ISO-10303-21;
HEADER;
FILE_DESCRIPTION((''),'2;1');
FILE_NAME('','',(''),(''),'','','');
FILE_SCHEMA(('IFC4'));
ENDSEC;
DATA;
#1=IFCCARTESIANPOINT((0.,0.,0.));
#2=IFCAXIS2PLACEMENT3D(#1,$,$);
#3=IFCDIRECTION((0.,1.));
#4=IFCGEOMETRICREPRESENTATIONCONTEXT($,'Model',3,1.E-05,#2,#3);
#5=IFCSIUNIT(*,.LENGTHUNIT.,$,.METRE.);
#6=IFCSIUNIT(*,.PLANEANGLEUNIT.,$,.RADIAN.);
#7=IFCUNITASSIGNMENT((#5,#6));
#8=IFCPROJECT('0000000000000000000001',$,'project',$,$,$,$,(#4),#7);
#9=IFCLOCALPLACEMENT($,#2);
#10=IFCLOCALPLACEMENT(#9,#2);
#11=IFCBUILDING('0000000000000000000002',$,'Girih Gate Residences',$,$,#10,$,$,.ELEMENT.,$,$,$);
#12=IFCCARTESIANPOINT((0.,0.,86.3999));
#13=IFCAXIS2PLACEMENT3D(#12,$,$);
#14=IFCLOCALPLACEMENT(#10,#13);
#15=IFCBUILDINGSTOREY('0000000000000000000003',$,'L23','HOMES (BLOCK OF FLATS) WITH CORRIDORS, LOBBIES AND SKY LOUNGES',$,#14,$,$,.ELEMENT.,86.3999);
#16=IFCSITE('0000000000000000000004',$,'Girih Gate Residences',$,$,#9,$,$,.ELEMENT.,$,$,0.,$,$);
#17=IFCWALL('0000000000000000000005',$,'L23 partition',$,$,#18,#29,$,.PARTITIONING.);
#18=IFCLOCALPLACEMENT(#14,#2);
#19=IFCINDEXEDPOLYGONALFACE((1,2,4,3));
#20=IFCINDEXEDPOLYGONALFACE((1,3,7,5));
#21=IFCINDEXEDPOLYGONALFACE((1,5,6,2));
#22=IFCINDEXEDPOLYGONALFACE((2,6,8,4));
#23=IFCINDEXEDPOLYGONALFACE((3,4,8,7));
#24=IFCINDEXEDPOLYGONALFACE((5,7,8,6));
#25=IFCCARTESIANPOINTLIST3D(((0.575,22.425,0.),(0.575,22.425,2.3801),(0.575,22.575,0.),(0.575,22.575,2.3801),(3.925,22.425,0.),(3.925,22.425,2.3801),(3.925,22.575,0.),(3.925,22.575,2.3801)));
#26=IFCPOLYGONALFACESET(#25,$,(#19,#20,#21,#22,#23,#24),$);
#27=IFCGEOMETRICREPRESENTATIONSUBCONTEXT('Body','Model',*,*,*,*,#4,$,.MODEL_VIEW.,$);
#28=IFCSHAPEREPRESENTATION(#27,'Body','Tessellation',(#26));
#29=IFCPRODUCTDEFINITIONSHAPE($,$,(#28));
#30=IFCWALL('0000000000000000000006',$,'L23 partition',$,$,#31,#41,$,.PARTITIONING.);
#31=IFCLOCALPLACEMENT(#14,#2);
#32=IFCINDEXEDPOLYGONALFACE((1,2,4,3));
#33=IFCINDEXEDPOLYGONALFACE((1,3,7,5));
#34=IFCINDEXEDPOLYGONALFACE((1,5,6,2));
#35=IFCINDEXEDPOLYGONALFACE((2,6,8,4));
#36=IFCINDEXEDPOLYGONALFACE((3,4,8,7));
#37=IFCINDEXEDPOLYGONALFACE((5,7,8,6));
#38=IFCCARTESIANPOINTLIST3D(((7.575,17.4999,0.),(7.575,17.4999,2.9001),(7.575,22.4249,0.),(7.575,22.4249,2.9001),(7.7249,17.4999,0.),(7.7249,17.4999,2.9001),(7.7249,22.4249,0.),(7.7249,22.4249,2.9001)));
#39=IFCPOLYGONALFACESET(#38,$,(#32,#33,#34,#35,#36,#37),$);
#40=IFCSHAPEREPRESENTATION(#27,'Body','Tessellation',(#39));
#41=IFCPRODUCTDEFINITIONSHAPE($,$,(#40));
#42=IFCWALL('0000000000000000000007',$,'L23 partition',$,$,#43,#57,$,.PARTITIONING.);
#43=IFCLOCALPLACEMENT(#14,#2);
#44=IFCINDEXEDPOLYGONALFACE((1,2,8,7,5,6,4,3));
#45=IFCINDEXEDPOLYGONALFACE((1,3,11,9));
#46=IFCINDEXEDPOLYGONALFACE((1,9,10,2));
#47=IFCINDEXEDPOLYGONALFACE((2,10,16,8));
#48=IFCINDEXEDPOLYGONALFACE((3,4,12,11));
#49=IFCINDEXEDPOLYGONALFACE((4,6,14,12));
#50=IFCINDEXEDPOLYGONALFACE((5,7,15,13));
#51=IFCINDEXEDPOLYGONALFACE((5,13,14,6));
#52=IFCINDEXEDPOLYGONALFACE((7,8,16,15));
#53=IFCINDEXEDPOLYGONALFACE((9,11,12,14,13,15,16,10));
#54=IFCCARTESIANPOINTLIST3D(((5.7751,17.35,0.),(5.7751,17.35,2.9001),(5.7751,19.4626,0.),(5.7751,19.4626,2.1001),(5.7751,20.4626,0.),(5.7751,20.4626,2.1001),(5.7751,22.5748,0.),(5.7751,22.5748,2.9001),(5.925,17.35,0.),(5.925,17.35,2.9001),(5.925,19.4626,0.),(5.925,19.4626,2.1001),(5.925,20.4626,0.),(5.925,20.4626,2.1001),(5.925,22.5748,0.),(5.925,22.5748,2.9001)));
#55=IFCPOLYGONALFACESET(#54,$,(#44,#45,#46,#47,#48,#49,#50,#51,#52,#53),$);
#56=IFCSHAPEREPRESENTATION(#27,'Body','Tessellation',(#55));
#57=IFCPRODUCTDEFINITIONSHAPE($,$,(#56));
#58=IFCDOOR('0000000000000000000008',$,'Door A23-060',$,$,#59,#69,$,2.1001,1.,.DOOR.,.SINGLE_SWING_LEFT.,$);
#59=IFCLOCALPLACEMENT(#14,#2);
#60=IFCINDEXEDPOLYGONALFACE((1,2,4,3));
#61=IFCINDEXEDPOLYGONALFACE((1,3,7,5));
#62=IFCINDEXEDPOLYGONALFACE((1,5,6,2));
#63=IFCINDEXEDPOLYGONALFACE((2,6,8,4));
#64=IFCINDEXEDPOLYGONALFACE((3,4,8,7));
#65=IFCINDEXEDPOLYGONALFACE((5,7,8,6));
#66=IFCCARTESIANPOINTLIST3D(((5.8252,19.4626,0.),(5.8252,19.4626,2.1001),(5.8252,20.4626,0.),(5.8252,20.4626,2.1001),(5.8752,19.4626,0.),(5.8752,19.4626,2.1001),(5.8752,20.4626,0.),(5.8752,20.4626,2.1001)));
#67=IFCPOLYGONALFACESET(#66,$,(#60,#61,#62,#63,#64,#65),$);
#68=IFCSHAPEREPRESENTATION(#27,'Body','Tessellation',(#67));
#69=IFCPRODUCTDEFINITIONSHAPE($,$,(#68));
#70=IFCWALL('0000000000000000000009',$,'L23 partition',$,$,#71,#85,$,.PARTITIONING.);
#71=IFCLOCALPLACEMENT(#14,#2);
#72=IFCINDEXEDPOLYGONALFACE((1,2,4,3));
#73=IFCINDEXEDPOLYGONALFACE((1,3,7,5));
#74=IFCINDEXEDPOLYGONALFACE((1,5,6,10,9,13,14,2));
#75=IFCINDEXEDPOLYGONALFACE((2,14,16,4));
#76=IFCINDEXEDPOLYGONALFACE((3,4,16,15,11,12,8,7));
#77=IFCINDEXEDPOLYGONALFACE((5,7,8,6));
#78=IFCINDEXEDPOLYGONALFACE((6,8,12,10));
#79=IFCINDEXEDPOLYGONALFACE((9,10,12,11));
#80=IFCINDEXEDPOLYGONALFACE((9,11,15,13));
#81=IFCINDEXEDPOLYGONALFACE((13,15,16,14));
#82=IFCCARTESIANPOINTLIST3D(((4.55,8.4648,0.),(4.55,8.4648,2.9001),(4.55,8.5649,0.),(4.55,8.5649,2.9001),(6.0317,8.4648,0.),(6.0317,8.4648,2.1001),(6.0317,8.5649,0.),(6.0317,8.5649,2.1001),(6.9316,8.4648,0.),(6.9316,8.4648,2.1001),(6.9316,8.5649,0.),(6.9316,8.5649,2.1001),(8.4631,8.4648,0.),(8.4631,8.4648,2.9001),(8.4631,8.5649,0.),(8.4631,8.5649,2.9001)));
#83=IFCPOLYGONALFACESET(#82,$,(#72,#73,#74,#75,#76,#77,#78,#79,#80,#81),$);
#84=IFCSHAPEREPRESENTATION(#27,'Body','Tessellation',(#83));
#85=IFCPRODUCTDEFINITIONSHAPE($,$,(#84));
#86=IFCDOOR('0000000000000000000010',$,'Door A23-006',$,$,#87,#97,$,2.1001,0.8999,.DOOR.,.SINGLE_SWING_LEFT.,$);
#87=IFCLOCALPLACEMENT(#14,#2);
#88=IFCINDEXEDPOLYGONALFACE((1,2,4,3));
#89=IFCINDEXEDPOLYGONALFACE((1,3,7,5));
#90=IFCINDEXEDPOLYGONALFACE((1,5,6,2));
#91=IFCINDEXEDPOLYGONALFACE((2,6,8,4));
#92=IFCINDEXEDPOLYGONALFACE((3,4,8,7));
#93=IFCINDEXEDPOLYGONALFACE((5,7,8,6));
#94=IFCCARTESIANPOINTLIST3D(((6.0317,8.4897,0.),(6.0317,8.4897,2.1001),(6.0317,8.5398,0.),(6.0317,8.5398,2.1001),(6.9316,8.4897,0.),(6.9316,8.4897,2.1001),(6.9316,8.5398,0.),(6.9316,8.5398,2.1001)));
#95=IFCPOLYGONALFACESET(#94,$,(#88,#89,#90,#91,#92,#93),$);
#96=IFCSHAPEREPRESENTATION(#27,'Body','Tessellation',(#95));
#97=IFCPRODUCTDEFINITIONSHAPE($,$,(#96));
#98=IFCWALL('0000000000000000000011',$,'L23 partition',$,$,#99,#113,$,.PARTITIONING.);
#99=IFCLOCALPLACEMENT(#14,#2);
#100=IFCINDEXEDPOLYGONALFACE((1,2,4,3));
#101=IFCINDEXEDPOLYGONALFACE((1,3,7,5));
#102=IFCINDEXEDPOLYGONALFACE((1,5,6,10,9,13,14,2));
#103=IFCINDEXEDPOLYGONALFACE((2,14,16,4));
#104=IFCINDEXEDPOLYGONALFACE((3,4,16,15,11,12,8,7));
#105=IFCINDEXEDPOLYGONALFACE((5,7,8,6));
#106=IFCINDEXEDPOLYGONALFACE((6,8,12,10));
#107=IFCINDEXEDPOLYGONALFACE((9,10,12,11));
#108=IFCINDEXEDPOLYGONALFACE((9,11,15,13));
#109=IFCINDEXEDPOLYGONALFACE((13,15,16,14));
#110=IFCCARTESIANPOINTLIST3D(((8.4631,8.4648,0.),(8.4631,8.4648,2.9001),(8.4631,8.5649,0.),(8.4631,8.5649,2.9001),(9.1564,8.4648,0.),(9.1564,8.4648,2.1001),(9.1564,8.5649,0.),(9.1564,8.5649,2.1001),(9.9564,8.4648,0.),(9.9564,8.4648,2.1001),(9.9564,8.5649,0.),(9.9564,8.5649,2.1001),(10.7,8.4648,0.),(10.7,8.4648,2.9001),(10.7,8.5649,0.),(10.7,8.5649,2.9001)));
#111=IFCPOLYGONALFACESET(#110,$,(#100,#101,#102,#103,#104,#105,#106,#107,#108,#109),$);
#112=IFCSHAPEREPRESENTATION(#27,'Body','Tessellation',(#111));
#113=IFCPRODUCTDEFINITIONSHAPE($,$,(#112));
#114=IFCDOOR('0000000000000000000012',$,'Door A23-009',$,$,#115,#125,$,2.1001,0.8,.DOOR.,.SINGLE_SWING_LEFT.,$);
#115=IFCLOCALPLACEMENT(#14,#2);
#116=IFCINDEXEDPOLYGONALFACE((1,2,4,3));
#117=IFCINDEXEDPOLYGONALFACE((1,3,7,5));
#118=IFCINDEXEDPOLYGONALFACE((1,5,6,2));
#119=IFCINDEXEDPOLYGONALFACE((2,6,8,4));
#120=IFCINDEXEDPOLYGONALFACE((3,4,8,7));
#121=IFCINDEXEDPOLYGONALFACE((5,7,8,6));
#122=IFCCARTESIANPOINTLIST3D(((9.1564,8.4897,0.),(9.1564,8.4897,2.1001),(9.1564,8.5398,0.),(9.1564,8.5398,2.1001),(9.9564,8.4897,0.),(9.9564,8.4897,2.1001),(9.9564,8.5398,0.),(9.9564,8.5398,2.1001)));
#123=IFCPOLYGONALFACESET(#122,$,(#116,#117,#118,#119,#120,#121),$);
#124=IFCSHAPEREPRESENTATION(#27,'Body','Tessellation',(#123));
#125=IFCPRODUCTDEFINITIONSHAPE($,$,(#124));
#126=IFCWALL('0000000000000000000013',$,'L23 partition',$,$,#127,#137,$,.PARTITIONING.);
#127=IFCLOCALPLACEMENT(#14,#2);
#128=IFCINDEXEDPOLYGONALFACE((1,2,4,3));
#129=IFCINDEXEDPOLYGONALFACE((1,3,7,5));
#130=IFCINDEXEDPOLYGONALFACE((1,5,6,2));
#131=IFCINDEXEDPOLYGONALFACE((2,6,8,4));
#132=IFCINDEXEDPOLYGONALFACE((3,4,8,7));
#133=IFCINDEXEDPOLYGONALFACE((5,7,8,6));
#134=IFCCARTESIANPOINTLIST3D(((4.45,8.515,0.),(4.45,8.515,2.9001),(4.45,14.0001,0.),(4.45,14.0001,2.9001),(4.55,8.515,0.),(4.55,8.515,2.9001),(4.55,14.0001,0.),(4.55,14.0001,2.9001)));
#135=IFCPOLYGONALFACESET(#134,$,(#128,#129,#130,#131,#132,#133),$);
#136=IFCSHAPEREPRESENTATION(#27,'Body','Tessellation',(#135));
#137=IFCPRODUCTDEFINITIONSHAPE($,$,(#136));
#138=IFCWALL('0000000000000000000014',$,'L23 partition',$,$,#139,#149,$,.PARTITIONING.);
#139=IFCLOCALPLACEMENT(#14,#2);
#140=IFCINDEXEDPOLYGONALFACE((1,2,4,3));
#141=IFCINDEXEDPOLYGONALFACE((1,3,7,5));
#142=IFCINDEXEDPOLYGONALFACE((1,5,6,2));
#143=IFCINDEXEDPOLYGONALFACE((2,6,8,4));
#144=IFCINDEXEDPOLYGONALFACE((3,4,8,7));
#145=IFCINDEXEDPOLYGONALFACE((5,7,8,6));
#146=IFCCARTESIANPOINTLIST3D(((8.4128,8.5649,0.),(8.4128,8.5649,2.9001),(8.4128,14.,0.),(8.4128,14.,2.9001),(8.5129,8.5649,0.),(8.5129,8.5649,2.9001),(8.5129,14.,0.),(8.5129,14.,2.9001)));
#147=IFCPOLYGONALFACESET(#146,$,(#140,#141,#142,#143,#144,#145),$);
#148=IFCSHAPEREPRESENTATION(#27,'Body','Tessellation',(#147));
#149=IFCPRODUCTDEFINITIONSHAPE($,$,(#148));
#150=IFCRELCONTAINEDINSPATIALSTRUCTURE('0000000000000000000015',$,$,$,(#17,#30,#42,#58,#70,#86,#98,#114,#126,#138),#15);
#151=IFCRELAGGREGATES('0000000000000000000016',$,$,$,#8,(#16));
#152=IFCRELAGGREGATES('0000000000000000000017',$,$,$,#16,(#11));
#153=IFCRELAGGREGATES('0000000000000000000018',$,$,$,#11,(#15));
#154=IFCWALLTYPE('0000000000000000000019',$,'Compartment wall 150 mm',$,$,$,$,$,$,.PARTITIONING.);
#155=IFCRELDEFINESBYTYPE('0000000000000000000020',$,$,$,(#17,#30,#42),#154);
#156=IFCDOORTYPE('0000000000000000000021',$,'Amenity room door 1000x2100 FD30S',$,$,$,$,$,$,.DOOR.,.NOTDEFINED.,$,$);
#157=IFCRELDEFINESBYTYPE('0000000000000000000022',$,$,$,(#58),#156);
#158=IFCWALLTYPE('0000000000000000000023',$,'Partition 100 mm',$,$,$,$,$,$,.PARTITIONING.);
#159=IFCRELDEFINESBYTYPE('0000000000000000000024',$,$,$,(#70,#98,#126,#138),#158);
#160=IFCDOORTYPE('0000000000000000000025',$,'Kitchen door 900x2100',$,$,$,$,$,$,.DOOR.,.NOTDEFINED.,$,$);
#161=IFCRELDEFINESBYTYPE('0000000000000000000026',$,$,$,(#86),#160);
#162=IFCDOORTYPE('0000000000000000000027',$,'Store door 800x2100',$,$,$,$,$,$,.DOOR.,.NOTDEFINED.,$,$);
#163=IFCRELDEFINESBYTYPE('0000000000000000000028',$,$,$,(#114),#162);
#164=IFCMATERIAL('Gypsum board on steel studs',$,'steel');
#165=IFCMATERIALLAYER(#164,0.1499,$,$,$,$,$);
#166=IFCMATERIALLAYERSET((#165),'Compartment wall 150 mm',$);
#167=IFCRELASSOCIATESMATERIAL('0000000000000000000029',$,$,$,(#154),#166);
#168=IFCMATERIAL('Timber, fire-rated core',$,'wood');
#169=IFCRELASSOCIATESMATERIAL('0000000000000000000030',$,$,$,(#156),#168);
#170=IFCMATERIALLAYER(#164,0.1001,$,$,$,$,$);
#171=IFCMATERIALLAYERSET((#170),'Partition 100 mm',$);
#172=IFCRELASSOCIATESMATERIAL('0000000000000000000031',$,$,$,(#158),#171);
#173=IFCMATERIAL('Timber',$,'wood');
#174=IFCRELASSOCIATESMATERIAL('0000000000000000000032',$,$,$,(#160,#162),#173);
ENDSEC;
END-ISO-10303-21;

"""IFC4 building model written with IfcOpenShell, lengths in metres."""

from ifc_helpers import new_model, si_unit, direction, frame, frame_2d, origin, place, context, subcontext, project, spatial, rectangle, extrude, material, layer, layer_set, type_object, element, fill, save


model = new_model("IFC4")

# Units and contexts
model_context = context("Model", 3, precision=1e-05, world=origin(), true_north=direction((0.0, 1.0)))
body_context = subcontext(model_context, "Body", "Model", "MODEL_VIEW")
ifc_project = project(units=[si_unit("LENGTHUNIT", "METRE"), si_unit("PLANEANGLEUNIT", "RADIAN")], contexts=[model_context])

# Site, building, storey
site_placement = place(None, origin())
site = spatial("IfcSite", under=ifc_project, at=site_placement, Name="Girih Gate Residences", CompositionType="ELEMENT", RefElevation=0.0)
building_placement = place(site_placement, origin())
building = spatial("IfcBuilding", under=site, at=building_placement, Name="Girih Gate Residences", CompositionType="ELEMENT")
storey_placement = place(building_placement, frame((0.0, 0.0, 86.3999)))
storey = spatial("IfcBuildingStorey", under=building, at=storey_placement, Name="L23", Description="HOMES (BLOCK OF FLATS) WITH CORRIDORS, LOBBIES AND SKY LOUNGES", CompositionType="ELEMENT", Elevation=86.3999)

# Shared definitions
ifc_material_1 = material(Name="Gypsum board on steel studs", Category="steel")
ifc_layer_1 = layer(ifc_material_1, 0.1499)
ifc_layer_set_1 = layer_set([ifc_layer_1], Name="Compartment wall 150 mm")
wall_type_1 = type_object("IfcWallType", Name="Compartment wall 150 mm", PredefinedType="PARTITIONING", material=ifc_layer_set_1)

# Shared definitions
ifc_material_2 = material(Name="Timber", Category="wood")

# Walls
wall_1_placement = place(storey_placement, frame((0.575, 22.5, 0.0), z_axis=(0.0, 0.0, 1.0), x_axis=(1.0, 0.0, 0.0)))
element("IfcWall", 1, at=wall_1_placement, inside=storey, type_object=wall_type_1, Name="L23 partition", PredefinedType="PARTITIONING", context=body_context, shape_type="SweptSolid", body=[
    extrude(rectangle(XDim=3.3501, YDim=0.1499, at=frame_2d((1.675, 0.0))), origin(), (0.0, 0.0, 1.0), 2.3801),
])
wall_2_placement = place(storey_placement, frame((7.6499, 17.5, 0.0), z_axis=(0.0, 0.0, 1.0), x_axis=(0.0, 1.0, 0.0)))
element("IfcWall", 2, at=wall_2_placement, inside=storey, type_object=wall_type_1, Name="L23 partition", PredefinedType="PARTITIONING", context=body_context, shape_type="SweptSolid", body=[
    extrude(rectangle(XDim=4.925, YDim=0.1499, at=frame_2d((2.4624, 0.0))), origin(), (0.0, 0.0, 1.0), 2.9001),
])

# Walls, openings, doors
wall_3_placement = place(storey_placement, frame((5.8501, 17.3501, 0.0), z_axis=(0.0, 0.0, 1.0), x_axis=(0.0, 1.0, 0.0)))
wall_3 = element("IfcWall", 3, at=wall_3_placement, inside=storey, type_object=wall_type_1, Name="L23 partition", PredefinedType="PARTITIONING", context=body_context, shape_type="SweptSolid", body=[
    extrude(rectangle(XDim=5.2249, YDim=0.1499, at=frame_2d((2.6123, 0.0))), origin(), (0.0, 0.0, 1.0), 2.9001),
])
opening_1_placement = place(wall_3_placement, frame((2.1125, 0.0, 0.0)))
opening_1 = element("IfcOpeningElement", 4, at=opening_1_placement, cuts=wall_3, PredefinedType="OPENING", context=body_context, shape_type="SweptSolid", body=[
    extrude(rectangle(XDim=1.0, YDim=2.1001, at=frame_2d((0.5, 1.05))), frame((0.0, 0.085, 0.0), z_axis=(0.0, -1.0, 0.0), x_axis=(1.0, 0.0, 0.0)), (0.0, 0.0, 1.0), 0.1699),
])
ifc_material_3 = material(Name="Timber, fire-rated core", Category="wood")
door_type_1 = type_object("IfcDoorType", Name="Amenity room door 1000x2100 FD30S", OperationType="NOTDEFINED", PredefinedType="DOOR", material=ifc_material_3)
door_1_placement = place(opening_1_placement, origin())
door_1 = element("IfcDoor", 5, at=door_1_placement, inside=storey, type_object=door_type_1, Name="Door A23-060", OperationType="SINGLE_SWING_LEFT", OverallHeight=2.1001, OverallWidth=1.0, PredefinedType="DOOR", context=body_context, shape_type="SweptSolid", body=[
    extrude(rectangle(XDim=1.0, YDim=2.1001, at=frame_2d((0.5, 1.05))), frame((0.0, 0.0249, 0.0), z_axis=(0.0, -1.0, 0.0), x_axis=(1.0, 0.0, 0.0)), (0.0, 0.0, 1.0), 0.05),
])
fill(opening_1, door_1)
ifc_layer_2 = layer(ifc_material_1, 0.1001)
ifc_layer_set_2 = layer_set([ifc_layer_2], Name="Partition 100 mm")
wall_type_2 = type_object("IfcWallType", Name="Partition 100 mm", PredefinedType="PARTITIONING", material=ifc_layer_set_2)
wall_4_placement = place(storey_placement, frame((4.55, 8.5149, 0.0), z_axis=(0.0, 0.0, 1.0), x_axis=(1.0, 0.0, 0.0)))
wall_4 = element("IfcWall", 6, at=wall_4_placement, inside=storey, type_object=wall_type_2, Name="L23 partition", PredefinedType="PARTITIONING", context=body_context, shape_type="SweptSolid", body=[
    extrude(rectangle(XDim=3.9131, YDim=0.1001, at=frame_2d((1.9565, 0.0))), origin(), (0.0, 0.0, 1.0), 2.9001),
])
opening_2_placement = place(wall_4_placement, frame((1.4817, 0.0, 0.0)))
opening_2 = element("IfcOpeningElement", 7, at=opening_2_placement, cuts=wall_4, PredefinedType="OPENING", context=body_context, shape_type="SweptSolid", body=[
    extrude(rectangle(XDim=0.8999, YDim=2.1001, at=frame_2d((0.45, 1.05))), frame((0.0, 0.0601, 0.0), z_axis=(0.0, -1.0, 0.0), x_axis=(1.0, 0.0, 0.0)), (0.0, 0.0, 1.0), 0.1201),
])
door_type_2 = type_object("IfcDoorType", Name="Kitchen door 900x2100", OperationType="NOTDEFINED", PredefinedType="DOOR", material=ifc_material_2)
door_2_placement = place(opening_2_placement, origin())
door_2 = element("IfcDoor", 8, at=door_2_placement, inside=storey, type_object=door_type_2, Name="Door A23-006", OperationType="SINGLE_SWING_LEFT", OverallHeight=2.1001, OverallWidth=0.8999, PredefinedType="DOOR", context=body_context, shape_type="SweptSolid", body=[
    extrude(rectangle(XDim=0.8999, YDim=2.1001, at=frame_2d((0.45, 1.05))), frame((0.0, 0.0249, 0.0), z_axis=(0.0, -1.0, 0.0), x_axis=(1.0, 0.0, 0.0)), (0.0, 0.0, 1.0), 0.05),
])
fill(opening_2, door_2)
wall_5_placement = place(storey_placement, frame((8.4631, 8.5149, 0.0), z_axis=(0.0, 0.0, 1.0), x_axis=(1.0, 0.0, 0.0)))
wall_5 = element("IfcWall", 9, at=wall_5_placement, inside=storey, type_object=wall_type_2, Name="L23 partition", PredefinedType="PARTITIONING", context=body_context, shape_type="SweptSolid", body=[
    extrude(rectangle(XDim=2.2368, YDim=0.1001, at=frame_2d((1.1184, 0.0))), origin(), (0.0, 0.0, 1.0), 2.9001),
])
opening_3_placement = place(wall_5_placement, frame((0.6934, 0.0, 0.0)))
opening_3 = element("IfcOpeningElement", 10, at=opening_3_placement, cuts=wall_5, PredefinedType="OPENING", context=body_context, shape_type="SweptSolid", body=[
    extrude(rectangle(XDim=0.8, YDim=2.1001, at=frame_2d((0.3999, 1.05))), frame((0.0, 0.0601, 0.0), z_axis=(0.0, -1.0, 0.0), x_axis=(1.0, 0.0, 0.0)), (0.0, 0.0, 1.0), 0.1201),
])
door_type_3 = type_object("IfcDoorType", Name="Store door 800x2100", OperationType="NOTDEFINED", PredefinedType="DOOR", material=ifc_material_2)
door_3_placement = place(opening_3_placement, origin())
door_3 = element("IfcDoor", 11, at=door_3_placement, inside=storey, type_object=door_type_3, Name="Door A23-009", OperationType="SINGLE_SWING_LEFT", OverallHeight=2.1001, OverallWidth=0.8, PredefinedType="DOOR", context=body_context, shape_type="SweptSolid", body=[
    extrude(rectangle(XDim=0.8, YDim=2.1001, at=frame_2d((0.3999, 1.05))), frame((0.0, 0.0249, 0.0), z_axis=(0.0, -1.0, 0.0), x_axis=(1.0, 0.0, 0.0)), (0.0, 0.0, 1.0), 0.05),
])
fill(opening_3, door_3)

# Walls
wall_6_placement = place(storey_placement, frame((4.5, 8.5149, 0.0), z_axis=(0.0, 0.0, 1.0), x_axis=(0.0, 1.0, 0.0)))
element("IfcWall", 12, at=wall_6_placement, inside=storey, type_object=wall_type_2, Name="L23 partition", PredefinedType="PARTITIONING", context=body_context, shape_type="SweptSolid", body=[
    extrude(rectangle(XDim=5.4851, YDim=0.1001, at=frame_2d((2.7427, 0.0))), origin(), (0.0, 0.0, 1.0), 2.9001),
])
wall_7_placement = place(storey_placement, frame((8.4629, 8.5649, 0.0), z_axis=(0.0, 0.0, 1.0), x_axis=(0.0, 1.0, 0.0)))
element("IfcWall", 13, at=wall_7_placement, inside=storey, type_object=wall_type_2, Name="L23 partition", PredefinedType="PARTITIONING", context=body_context, shape_type="SweptSolid", body=[
    extrude(rectangle(XDim=5.4351, YDim=0.1001, at=frame_2d((2.7175, 0.0))), origin(), (0.0, 0.0, 1.0), 2.9001),
])

save(model, "model.ifc")
